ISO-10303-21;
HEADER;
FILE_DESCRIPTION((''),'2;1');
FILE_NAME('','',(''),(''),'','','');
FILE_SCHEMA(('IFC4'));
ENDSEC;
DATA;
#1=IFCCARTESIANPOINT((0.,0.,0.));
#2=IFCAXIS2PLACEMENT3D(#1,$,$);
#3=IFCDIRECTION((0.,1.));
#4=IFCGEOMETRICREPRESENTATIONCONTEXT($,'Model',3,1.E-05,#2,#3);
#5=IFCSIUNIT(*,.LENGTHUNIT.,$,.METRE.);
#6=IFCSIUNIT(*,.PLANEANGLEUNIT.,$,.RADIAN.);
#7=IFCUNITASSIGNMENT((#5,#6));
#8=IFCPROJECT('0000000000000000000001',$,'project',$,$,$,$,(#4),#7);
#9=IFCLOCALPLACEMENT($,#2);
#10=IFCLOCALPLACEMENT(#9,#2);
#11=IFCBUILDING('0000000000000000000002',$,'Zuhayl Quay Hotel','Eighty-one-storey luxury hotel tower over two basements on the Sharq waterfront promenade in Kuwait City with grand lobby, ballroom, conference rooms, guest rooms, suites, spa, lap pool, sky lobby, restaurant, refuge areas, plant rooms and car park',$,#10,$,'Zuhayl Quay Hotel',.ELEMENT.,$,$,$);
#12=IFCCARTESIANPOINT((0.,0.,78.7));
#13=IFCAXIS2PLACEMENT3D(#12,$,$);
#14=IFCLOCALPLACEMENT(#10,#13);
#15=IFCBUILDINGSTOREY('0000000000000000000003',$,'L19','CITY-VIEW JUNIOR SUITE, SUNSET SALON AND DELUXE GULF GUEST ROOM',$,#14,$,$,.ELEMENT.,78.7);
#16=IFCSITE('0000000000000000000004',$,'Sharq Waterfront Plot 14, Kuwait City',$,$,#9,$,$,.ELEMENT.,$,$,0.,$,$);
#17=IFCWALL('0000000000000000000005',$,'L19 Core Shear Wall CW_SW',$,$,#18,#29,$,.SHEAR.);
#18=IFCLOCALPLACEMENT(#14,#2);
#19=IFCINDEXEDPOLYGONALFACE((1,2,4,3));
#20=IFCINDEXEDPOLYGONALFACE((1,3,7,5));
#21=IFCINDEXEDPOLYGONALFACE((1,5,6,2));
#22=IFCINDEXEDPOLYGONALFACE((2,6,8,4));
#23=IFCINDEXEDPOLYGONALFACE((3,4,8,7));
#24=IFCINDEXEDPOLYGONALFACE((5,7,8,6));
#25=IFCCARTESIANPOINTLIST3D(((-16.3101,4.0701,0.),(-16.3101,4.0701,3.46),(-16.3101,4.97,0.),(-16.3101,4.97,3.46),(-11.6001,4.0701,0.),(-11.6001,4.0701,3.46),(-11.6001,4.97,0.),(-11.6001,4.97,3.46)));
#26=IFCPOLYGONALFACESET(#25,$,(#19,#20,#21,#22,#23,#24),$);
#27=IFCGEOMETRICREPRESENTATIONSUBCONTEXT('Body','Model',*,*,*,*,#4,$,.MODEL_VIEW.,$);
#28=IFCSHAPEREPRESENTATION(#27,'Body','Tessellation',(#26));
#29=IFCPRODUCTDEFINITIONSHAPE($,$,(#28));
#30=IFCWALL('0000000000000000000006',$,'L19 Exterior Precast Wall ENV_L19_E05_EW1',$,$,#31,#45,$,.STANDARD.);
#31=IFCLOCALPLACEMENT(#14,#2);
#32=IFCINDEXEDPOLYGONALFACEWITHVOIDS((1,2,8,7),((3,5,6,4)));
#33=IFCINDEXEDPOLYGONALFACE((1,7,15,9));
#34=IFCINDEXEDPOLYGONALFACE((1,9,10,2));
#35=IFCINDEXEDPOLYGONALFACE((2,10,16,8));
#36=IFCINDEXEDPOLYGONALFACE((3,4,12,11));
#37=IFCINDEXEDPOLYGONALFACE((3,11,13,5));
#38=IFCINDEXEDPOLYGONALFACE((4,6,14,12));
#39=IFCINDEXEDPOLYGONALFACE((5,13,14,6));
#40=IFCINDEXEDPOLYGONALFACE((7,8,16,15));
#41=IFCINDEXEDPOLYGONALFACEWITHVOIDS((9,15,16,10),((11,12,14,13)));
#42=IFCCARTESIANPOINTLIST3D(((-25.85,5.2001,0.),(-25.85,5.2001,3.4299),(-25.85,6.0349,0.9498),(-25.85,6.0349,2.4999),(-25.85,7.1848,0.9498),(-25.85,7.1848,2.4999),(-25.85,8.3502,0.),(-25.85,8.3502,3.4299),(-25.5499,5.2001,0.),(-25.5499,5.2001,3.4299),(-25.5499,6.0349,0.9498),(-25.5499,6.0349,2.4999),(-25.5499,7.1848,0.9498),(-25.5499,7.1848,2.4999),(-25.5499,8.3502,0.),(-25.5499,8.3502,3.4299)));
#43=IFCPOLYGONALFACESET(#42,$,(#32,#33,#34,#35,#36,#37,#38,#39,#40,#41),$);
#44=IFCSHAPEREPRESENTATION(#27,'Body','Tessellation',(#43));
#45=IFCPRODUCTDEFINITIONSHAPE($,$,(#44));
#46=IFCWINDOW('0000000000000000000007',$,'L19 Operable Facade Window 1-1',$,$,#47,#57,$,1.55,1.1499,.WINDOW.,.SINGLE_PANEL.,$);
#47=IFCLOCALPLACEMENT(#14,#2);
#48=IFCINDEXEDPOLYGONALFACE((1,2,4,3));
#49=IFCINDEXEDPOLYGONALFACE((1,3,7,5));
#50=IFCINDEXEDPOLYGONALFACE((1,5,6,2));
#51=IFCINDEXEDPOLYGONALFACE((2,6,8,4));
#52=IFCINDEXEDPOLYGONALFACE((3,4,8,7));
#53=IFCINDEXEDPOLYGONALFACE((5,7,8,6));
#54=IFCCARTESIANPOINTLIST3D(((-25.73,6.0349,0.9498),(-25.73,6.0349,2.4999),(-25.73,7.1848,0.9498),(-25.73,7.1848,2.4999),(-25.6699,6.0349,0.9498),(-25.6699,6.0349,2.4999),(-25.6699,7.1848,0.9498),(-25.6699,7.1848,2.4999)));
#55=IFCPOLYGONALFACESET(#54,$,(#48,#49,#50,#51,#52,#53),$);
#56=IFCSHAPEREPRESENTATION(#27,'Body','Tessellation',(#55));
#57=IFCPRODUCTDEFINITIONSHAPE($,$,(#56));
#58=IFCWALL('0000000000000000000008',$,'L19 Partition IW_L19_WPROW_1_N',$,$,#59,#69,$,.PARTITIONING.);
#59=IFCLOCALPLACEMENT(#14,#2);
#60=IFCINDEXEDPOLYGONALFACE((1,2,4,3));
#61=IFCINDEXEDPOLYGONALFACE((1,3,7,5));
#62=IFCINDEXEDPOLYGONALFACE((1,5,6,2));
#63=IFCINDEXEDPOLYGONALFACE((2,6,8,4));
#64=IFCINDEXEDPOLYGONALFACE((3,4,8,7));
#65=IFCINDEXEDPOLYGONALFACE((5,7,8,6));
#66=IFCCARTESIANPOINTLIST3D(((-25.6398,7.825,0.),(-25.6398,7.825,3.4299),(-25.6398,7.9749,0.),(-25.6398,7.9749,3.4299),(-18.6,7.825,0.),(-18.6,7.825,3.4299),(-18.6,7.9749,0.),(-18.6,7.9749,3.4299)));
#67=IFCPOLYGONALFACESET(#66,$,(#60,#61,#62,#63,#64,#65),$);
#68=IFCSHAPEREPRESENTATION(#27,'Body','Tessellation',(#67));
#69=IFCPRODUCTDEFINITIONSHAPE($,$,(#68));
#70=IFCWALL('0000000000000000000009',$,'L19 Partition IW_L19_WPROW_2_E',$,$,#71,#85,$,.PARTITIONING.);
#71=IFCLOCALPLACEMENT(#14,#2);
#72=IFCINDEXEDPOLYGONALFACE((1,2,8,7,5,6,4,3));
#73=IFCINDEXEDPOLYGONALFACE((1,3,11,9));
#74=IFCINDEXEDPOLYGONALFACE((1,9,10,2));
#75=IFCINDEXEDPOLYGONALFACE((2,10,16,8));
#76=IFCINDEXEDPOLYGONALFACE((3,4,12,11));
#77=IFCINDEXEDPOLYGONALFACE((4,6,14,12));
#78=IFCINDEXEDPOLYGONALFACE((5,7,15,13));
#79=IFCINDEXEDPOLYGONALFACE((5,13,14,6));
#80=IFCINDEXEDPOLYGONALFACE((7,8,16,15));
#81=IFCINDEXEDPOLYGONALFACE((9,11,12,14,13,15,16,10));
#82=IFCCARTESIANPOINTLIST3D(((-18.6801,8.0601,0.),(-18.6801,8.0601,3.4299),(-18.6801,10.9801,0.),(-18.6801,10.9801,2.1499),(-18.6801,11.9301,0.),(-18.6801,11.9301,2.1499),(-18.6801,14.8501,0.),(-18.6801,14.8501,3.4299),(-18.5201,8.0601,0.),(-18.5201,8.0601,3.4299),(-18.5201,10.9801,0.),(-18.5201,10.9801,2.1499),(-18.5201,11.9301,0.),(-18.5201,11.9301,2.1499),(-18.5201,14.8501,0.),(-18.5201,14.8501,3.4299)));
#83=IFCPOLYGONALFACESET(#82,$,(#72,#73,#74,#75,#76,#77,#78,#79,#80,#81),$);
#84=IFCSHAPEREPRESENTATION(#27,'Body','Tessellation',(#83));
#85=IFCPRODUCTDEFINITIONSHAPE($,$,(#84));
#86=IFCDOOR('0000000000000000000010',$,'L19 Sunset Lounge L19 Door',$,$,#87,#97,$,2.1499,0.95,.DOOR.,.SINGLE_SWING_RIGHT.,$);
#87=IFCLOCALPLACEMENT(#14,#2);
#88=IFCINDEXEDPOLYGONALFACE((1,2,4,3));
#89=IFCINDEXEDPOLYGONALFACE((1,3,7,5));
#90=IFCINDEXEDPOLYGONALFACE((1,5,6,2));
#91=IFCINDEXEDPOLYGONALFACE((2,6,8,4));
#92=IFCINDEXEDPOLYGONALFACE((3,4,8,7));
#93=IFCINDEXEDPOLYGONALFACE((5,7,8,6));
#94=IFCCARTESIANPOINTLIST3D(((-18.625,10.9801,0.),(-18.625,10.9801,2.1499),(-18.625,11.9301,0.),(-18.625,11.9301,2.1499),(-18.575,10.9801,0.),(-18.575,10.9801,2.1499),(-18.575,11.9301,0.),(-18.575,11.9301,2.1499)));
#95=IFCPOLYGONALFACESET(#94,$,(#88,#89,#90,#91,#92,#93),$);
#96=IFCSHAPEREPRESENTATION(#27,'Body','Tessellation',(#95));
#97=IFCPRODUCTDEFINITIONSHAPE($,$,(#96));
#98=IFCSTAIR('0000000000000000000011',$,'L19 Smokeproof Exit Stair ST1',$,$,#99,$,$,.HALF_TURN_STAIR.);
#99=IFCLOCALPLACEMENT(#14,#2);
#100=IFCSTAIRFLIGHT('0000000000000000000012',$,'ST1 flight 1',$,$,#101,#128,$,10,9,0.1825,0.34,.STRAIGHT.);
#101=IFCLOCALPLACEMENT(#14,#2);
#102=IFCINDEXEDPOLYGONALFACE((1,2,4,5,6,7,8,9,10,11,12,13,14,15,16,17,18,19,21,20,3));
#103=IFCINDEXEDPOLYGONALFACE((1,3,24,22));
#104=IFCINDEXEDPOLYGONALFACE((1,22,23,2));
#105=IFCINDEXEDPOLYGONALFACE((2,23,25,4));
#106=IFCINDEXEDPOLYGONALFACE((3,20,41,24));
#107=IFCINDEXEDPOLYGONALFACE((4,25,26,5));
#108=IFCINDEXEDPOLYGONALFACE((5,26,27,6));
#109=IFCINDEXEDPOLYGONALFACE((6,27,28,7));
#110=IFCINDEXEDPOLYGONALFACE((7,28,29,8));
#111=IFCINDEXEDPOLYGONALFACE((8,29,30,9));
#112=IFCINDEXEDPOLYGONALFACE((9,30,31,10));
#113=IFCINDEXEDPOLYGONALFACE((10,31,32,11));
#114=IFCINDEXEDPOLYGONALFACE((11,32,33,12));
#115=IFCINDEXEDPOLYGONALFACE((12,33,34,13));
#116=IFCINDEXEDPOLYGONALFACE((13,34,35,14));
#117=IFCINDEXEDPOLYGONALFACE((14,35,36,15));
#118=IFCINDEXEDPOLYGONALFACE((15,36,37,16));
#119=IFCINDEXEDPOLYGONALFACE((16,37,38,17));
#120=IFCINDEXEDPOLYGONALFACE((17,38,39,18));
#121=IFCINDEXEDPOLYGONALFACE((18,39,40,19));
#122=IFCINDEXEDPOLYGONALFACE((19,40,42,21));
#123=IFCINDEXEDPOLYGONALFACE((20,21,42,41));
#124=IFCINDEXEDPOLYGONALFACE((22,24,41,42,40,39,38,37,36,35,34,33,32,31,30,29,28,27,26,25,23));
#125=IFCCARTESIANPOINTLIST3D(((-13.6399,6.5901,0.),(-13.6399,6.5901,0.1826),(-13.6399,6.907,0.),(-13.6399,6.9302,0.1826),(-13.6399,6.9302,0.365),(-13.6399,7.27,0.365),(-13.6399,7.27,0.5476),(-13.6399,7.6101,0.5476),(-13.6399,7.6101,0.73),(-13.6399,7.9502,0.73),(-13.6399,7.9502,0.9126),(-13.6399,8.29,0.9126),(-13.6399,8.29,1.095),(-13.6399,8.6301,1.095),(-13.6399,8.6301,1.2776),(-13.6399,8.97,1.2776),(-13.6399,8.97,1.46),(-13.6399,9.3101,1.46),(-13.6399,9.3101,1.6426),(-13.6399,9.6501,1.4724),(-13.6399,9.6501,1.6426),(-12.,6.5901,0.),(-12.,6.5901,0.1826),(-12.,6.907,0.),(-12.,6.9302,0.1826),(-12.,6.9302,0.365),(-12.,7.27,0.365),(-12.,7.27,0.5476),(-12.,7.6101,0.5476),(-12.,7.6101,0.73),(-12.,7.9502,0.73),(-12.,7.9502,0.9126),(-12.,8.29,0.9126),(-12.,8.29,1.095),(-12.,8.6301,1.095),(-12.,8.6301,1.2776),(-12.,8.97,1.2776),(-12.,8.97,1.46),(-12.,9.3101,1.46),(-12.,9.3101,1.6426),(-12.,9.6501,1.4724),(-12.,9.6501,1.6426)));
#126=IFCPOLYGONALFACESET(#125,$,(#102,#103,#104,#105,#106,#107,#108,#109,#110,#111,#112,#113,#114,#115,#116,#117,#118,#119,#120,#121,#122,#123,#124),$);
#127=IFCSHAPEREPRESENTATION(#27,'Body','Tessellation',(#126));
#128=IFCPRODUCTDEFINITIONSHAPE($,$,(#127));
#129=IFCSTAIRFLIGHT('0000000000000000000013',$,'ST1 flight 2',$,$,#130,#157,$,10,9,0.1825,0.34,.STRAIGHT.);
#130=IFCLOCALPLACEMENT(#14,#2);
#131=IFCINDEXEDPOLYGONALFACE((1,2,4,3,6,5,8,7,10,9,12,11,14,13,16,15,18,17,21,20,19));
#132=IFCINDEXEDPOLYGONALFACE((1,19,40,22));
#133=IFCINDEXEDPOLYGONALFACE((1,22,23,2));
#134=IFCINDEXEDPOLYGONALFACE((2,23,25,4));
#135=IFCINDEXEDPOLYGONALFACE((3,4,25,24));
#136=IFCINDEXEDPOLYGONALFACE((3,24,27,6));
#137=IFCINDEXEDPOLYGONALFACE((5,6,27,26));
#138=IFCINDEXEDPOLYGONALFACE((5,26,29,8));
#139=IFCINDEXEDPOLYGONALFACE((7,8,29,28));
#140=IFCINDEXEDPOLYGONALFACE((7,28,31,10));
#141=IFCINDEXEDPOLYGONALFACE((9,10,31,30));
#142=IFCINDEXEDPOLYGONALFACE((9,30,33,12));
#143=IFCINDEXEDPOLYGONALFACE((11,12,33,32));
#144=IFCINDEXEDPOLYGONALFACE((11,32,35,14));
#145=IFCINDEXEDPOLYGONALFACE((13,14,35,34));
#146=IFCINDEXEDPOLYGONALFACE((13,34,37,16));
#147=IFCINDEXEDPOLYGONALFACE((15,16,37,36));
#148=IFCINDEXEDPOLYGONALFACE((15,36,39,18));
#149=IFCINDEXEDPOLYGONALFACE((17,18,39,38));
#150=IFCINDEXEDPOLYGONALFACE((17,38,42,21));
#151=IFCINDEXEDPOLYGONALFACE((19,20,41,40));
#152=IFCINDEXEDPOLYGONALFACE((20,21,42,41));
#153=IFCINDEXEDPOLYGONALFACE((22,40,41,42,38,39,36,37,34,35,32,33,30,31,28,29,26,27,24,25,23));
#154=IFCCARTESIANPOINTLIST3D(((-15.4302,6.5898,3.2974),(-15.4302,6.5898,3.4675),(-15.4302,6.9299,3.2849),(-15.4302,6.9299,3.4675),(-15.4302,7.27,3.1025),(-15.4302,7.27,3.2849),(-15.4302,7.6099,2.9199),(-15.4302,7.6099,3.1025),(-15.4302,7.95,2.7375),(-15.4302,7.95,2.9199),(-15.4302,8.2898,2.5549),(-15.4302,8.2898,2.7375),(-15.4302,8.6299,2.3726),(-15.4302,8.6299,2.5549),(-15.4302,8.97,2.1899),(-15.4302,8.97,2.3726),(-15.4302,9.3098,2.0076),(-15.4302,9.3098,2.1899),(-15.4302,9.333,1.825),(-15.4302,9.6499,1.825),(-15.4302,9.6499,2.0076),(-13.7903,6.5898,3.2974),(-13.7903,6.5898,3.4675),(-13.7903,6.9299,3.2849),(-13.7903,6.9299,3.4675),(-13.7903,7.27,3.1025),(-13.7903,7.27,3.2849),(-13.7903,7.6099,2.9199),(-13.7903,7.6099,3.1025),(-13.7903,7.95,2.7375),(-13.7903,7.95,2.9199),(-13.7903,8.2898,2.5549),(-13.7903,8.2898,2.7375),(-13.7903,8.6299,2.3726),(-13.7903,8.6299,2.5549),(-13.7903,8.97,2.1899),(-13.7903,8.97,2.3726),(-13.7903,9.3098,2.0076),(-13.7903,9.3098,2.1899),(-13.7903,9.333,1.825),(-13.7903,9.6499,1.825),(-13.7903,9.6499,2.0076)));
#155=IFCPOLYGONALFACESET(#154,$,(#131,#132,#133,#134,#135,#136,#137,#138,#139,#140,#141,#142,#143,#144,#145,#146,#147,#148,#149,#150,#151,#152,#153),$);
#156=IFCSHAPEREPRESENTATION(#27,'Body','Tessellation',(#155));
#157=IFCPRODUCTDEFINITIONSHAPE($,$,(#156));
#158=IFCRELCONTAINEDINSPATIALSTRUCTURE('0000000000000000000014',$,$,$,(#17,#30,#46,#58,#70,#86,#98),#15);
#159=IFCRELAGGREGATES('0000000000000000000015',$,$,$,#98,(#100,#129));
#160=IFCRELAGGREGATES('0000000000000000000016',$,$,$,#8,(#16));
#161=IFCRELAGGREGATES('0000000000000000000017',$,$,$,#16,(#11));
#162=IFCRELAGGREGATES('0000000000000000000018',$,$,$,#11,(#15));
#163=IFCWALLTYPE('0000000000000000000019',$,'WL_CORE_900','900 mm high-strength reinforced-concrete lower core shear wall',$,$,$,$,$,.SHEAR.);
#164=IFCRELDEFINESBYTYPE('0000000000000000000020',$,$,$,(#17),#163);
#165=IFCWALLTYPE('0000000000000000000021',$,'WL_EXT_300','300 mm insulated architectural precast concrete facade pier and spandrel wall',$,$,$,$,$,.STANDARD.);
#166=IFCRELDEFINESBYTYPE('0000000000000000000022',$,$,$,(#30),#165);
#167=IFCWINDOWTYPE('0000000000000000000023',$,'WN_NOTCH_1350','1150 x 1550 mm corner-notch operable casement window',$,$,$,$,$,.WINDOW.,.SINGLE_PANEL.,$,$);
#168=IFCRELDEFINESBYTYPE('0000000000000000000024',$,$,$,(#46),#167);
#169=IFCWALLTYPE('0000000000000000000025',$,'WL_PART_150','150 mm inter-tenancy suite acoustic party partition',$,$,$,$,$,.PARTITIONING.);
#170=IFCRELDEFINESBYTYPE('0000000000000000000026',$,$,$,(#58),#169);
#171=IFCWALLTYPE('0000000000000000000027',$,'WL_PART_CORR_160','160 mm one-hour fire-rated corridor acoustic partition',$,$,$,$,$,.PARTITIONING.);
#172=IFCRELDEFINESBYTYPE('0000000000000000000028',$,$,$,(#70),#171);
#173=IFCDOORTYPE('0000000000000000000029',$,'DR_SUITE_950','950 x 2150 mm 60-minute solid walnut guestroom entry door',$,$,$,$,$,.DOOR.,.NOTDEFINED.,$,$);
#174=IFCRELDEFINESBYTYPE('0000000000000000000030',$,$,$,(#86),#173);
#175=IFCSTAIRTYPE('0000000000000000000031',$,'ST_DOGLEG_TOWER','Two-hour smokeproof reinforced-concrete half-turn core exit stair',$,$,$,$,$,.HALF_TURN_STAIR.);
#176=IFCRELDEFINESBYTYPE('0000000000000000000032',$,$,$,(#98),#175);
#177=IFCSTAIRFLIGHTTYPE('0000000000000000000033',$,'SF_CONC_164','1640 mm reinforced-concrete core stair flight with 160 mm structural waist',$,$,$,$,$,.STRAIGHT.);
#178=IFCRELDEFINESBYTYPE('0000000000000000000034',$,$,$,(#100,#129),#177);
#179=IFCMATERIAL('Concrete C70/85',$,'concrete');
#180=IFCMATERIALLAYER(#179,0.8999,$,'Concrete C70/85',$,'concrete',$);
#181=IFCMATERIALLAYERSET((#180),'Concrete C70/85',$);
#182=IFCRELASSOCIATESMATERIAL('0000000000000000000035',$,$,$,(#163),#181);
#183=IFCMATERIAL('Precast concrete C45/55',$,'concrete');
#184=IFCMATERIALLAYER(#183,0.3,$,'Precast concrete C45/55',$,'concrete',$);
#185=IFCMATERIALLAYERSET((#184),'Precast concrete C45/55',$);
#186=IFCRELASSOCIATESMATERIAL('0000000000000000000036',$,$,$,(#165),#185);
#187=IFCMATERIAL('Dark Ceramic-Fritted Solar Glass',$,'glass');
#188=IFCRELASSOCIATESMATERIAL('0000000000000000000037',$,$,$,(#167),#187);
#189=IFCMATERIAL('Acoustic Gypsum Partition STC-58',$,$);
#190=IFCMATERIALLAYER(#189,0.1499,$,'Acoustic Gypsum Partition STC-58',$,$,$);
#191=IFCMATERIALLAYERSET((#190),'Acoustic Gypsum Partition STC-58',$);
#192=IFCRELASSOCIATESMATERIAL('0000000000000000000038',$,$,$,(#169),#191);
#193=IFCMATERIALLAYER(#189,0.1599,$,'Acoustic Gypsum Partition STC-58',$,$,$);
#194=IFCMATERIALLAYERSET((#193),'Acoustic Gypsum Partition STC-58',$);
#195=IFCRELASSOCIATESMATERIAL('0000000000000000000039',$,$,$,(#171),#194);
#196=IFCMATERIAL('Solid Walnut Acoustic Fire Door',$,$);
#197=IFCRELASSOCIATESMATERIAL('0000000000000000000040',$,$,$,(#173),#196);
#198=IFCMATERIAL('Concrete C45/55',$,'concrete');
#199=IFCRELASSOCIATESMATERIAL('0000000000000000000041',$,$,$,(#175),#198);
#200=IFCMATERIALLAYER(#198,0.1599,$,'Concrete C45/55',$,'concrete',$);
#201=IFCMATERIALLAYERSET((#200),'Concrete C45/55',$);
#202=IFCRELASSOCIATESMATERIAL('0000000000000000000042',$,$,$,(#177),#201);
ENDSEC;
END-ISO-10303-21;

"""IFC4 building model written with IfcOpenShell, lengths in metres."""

from ifc_helpers import new_model, si_unit, direction, frame, frame_2d, origin, place, context, subcontext, project, spatial, polyline, rectangle, outline, extrude, material, layer, layer_set, type_object, element, fill, aggregate, save


model = new_model("IFC4")

# Units and contexts
model_context = context("Model", 3, precision=1e-05, world=origin(), true_north=direction((0.0, 1.0)))
body_context = subcontext(model_context, "Body", "Model", "MODEL_VIEW")
ifc_project = project(units=[si_unit("LENGTHUNIT", "METRE"), si_unit("PLANEANGLEUNIT", "RADIAN")], contexts=[model_context])

# Site, building, storey
site_placement = place(None, origin())
site = spatial("IfcSite", under=ifc_project, at=site_placement, Name="Sharq Waterfront Plot 14, Kuwait City", CompositionType="ELEMENT", RefElevation=0.0)
building_placement = place(site_placement, origin())
building = spatial("IfcBuilding", under=site, at=building_placement, Name="Zuhayl Quay Hotel", Description="Eighty-one-storey luxury hotel tower over two basements on the Sharq waterfront promenade in Kuwait City with grand lobby, ballroom, conference rooms, guest rooms, suites, spa, lap pool, sky lobby, restaurant, refuge areas, plant rooms and car park", LongName="Zuhayl Quay Hotel", CompositionType="ELEMENT")
storey_placement = place(building_placement, frame((0.0, 0.0, 78.7)))
storey = spatial("IfcBuildingStorey", under=building, at=storey_placement, Name="L19", Description="CITY-VIEW JUNIOR SUITE, SUNSET SALON AND DELUXE GULF GUEST ROOM", CompositionType="ELEMENT", Elevation=78.7)

# Shared definitions
ifc_material_1 = material(Name="Concrete C70/85", Category="concrete")

# Shared definitions
ifc_material_2 = material(Name="Dark Ceramic-Fritted Solar Glass", Category="glass")

# Wall
ifc_layer_1 = layer(ifc_material_1, 0.8999, Name="Concrete C70/85", Category="concrete")
ifc_layer_set_1 = layer_set([ifc_layer_1], Name="Concrete C70/85")
wall_type_1 = type_object("IfcWallType", Name="WL_CORE_900", Description="900 mm high-strength reinforced-concrete lower core shear wall", PredefinedType="SHEAR", material=ifc_layer_set_1)
wall_1_placement = place(storey_placement, frame((-16.3101, 4.52, 0.0), z_axis=(0.0, 0.0, 1.0), x_axis=(1.0, 0.0, 0.0)))
element("IfcWall", 1, at=wall_1_placement, inside=storey, type_object=wall_type_1, Name="L19 Core Shear Wall CW_SW", PredefinedType="SHEAR", context=body_context, shape_type="SweptSolid", body=[
    extrude(rectangle(XDim=4.71, YDim=0.8999, at=frame_2d((2.355, 0.0))), origin(), (0.0, 0.0, 1.0), 3.46),
])

# Wall, opening, window
ifc_material_3 = material(Name="Precast concrete C45/55", Category="concrete")
ifc_layer_2 = layer(ifc_material_3, 0.3, Name="Precast concrete C45/55", Category="concrete")
ifc_layer_set_2 = layer_set([ifc_layer_2], Name="Precast concrete C45/55")
wall_type_2 = type_object("IfcWallType", Name="WL_EXT_300", Description="300 mm insulated architectural precast concrete facade pier and spandrel wall", PredefinedType="STANDARD", material=ifc_layer_set_2)
wall_2_placement = place(storey_placement, frame((-25.7, 5.2, 0.0), z_axis=(0.0, 0.0, 1.0), x_axis=(0.0, 1.0, 0.0)))
wall_2 = element("IfcWall", 2, at=wall_2_placement, inside=storey, type_object=wall_type_2, Name="L19 Exterior Precast Wall ENV_L19_E05_EW1", PredefinedType="STANDARD", context=body_context, shape_type="SweptSolid", body=[
    extrude(rectangle(XDim=3.1501, YDim=0.3, at=frame_2d((1.5752, 0.0))), origin(), (0.0, 0.0, 1.0), 3.4299),
])
opening_1_placement = place(wall_2_placement, frame((0.835, 0.0, 0.95)))
opening_1 = element("IfcOpeningElement", 3, at=opening_1_placement, cuts=wall_2, PredefinedType="OPENING", context=body_context, shape_type="SweptSolid", body=[
    extrude(rectangle(XDim=1.1499, YDim=1.55, at=frame_2d((0.575, 0.7749))), frame((0.0, 0.1599, 0.0), z_axis=(0.0, -1.0, 0.0), x_axis=(1.0, 0.0, 0.0)), (0.0, 0.0, 1.0), 0.3201),
])
window_type = type_object("IfcWindowType", Name="WN_NOTCH_1350", Description="1150 x 1550 mm corner-notch operable casement window", PartitioningType="SINGLE_PANEL", PredefinedType="WINDOW", material=ifc_material_2)
window_placement = place(opening_1_placement, origin())
window = element("IfcWindow", 4, at=window_placement, inside=storey, type_object=window_type, Name="L19 Operable Facade Window 1-1", OverallHeight=1.55, OverallWidth=1.1499, PartitioningType="SINGLE_PANEL", PredefinedType="WINDOW", context=body_context, shape_type="SweptSolid", body=[
    extrude(rectangle(XDim=1.1499, YDim=1.55, at=frame_2d((0.575, 0.7749))), frame((0.0, 0.03, 0.0), z_axis=(0.0, -1.0, 0.0), x_axis=(1.0, 0.0, 0.0)), (0.0, 0.0, 1.0), 0.0601),
])
fill(opening_1, window)

# Wall
ifc_material_4 = material(Name="Acoustic Gypsum Partition STC-58")
ifc_layer_3 = layer(ifc_material_4, 0.1499, Name="Acoustic Gypsum Partition STC-58")
ifc_layer_set_3 = layer_set([ifc_layer_3], Name="Acoustic Gypsum Partition STC-58")
wall_type_3 = type_object("IfcWallType", Name="WL_PART_150", Description="150 mm inter-tenancy suite acoustic party partition", PredefinedType="PARTITIONING", material=ifc_layer_set_3)
wall_3_placement = place(storey_placement, frame((-25.6399, 7.8999, 0.0), z_axis=(0.0, 0.0, 1.0), x_axis=(1.0, 0.0, 0.0)))
element("IfcWall", 5, at=wall_3_placement, inside=storey, type_object=wall_type_3, Name="L19 Partition IW_L19_WPROW_1_N", PredefinedType="PARTITIONING", context=body_context, shape_type="SweptSolid", body=[
    extrude(rectangle(XDim=7.0398, YDim=0.1499, at=frame_2d((3.52, 0.0))), origin(), (0.0, 0.0, 1.0), 3.4299),
])

# Wall, opening, door
ifc_layer_4 = layer(ifc_material_4, 0.1599, Name="Acoustic Gypsum Partition STC-58")
ifc_layer_set_4 = layer_set([ifc_layer_4], Name="Acoustic Gypsum Partition STC-58")
wall_type_4 = type_object("IfcWallType", Name="WL_PART_CORR_160", Description="160 mm one-hour fire-rated corridor acoustic partition", PredefinedType="PARTITIONING", material=ifc_layer_set_4)
wall_4_placement = place(storey_placement, frame((-18.6001, 8.0601, 0.0), z_axis=(0.0, 0.0, 1.0), x_axis=(0.0, 1.0, 0.0)))
wall_4 = element("IfcWall", 6, at=wall_4_placement, inside=storey, type_object=wall_type_4, Name="L19 Partition IW_L19_WPROW_2_E", PredefinedType="PARTITIONING", context=body_context, shape_type="SweptSolid", body=[
    extrude(rectangle(XDim=6.79, YDim=0.1599, at=frame_2d((3.395, 0.0))), origin(), (0.0, 0.0, 1.0), 3.4299),
])
opening_2_placement = place(wall_4_placement, frame((2.9199, 0.0, 0.0)))
opening_2 = element("IfcOpeningElement", 7, at=opening_2_placement, cuts=wall_4, PredefinedType="OPENING", context=body_context, shape_type="SweptSolid", body=[
    extrude(rectangle(XDim=0.95, YDim=2.1499, at=frame_2d((0.4751, 1.075))), frame((0.0, 0.0898, 0.0), z_axis=(0.0, -1.0, 0.0), x_axis=(1.0, 0.0, 0.0)), (0.0, 0.0, 1.0), 0.1799),
])
ifc_material_5 = material(Name="Solid Walnut Acoustic Fire Door")
door_type = type_object("IfcDoorType", Name="DR_SUITE_950", Description="950 x 2150 mm 60-minute solid walnut guestroom entry door", OperationType="NOTDEFINED", PredefinedType="DOOR", material=ifc_material_5)
door_placement = place(opening_2_placement, origin())
door = element("IfcDoor", 8, at=door_placement, inside=storey, type_object=door_type, Name="L19 Sunset Lounge L19 Door", OperationType="SINGLE_SWING_RIGHT", OverallHeight=2.1499, OverallWidth=0.95, PredefinedType="DOOR", context=body_context, shape_type="SweptSolid", body=[
    extrude(rectangle(XDim=0.95, YDim=2.1499, at=frame_2d((0.4751, 1.075))), frame((0.0, 0.0249, 0.0), z_axis=(0.0, -1.0, 0.0), x_axis=(1.0, 0.0, 0.0)), (0.0, 0.0, 1.0), 0.05),
])
fill(opening_2, door)

# Stair, stair flights
ifc_material_6 = material(Name="Concrete C45/55", Category="concrete")
stair_type = type_object("IfcStairType", Name="ST_DOGLEG_TOWER", Description="Two-hour smokeproof reinforced-concrete half-turn core exit stair", PredefinedType="HALF_TURN_STAIR", material=ifc_material_6)
stair_placement = place(storey_placement, origin())
stair = element("IfcStair", 9, at=stair_placement, inside=storey, type_object=stair_type, Name="L19 Smokeproof Exit Stair ST1", PredefinedType="HALF_TURN_STAIR")
ifc_layer_5 = layer(ifc_material_6, 0.1599, Name="Concrete C45/55", Category="concrete")
ifc_layer_set_5 = layer_set([ifc_layer_5], Name="Concrete C45/55")
stair_flight_type = type_object("IfcStairFlightType", Name="SF_CONC_164", Description="1640 mm reinforced-concrete core stair flight with 160 mm structural waist", PredefinedType="STRAIGHT", material=ifc_layer_set_5)
stair_flight_1_placement = place(storey_placement, frame((-12.8201, 6.5901, 0.0), z_axis=(0.0, 0.0, 1.0), x_axis=(0.0, 1.0, 0.0)))
stair_flight_1 = element("IfcStairFlight", 10, at=stair_flight_1_placement, type_object=stair_flight_type, Name="ST1 flight 1", NumberOfRisers=10, NumberOfTreads=9, PredefinedType="STRAIGHT", RiserHeight=0.1825, TreadLength=0.34, context=body_context, shape_type="SweptSolid", body=[
    extrude(outline(polyline([(0.0, 0.0), (0.0, 0.1826), (0.3401, 0.1826), (0.3401, 0.365), (0.6799, 0.365), (0.6799, 0.5476), (1.02, 0.5476), (1.02, 0.73), (1.3601, 0.73), (1.3601, 0.9126), (1.7, 0.9126), (1.7, 1.095), (2.04, 1.095), (2.04, 1.2776), (2.3799, 1.2776), (2.3799, 1.46), (2.72, 1.46), (2.72, 1.6426), (3.0601, 1.6426), (3.0601, 1.825), (3.0601, 1.4724), (0.3169, 0.0), (0.0, 0.0)])), frame((0.0, 0.8198, 0.0), z_axis=(0.0, -1.0, 0.0), x_axis=(1.0, 0.0, 0.0)), (0.0, 0.0, 1.0), 1.6399),
])
stair_flight_2_placement = place(storey_placement, frame((-14.6101, 9.6499, 1.825), z_axis=(0.0, 0.0, 1.0), x_axis=(0.0, -1.0, 0.0)))
stair_flight_2 = element("IfcStairFlight", 11, at=stair_flight_2_placement, type_object=stair_flight_type, Name="ST1 flight 2", NumberOfRisers=10, NumberOfTreads=9, PredefinedType="STRAIGHT", RiserHeight=0.1825, TreadLength=0.34, context=body_context, shape_type="SweptSolid", body=[
    extrude(outline(polyline([(0.0, 0.0), (0.0, 0.1826), (0.3401, 0.1826), (0.3401, 0.365), (0.6799, 0.365), (0.6799, 0.5476), (1.02, 0.5476), (1.02, 0.73), (1.3601, 0.73), (1.3601, 0.9126), (1.7, 0.9126), (1.7, 1.095), (2.04, 1.095), (2.04, 1.2776), (2.3799, 1.2776), (2.3799, 1.46), (2.72, 1.46), (2.72, 1.6426), (3.0601, 1.6426), (3.0601, 1.825), (3.0601, 1.4724), (0.3169, 0.0), (0.0, 0.0)])), frame((0.0, 0.8198, 0.0), z_axis=(0.0, -1.0, 0.0), x_axis=(1.0, 0.0, 0.0)), (0.0, 0.0, 1.0), 1.6399),
])
aggregate(stair, [stair_flight_1, stair_flight_2])

save(model, "model.ifc")
